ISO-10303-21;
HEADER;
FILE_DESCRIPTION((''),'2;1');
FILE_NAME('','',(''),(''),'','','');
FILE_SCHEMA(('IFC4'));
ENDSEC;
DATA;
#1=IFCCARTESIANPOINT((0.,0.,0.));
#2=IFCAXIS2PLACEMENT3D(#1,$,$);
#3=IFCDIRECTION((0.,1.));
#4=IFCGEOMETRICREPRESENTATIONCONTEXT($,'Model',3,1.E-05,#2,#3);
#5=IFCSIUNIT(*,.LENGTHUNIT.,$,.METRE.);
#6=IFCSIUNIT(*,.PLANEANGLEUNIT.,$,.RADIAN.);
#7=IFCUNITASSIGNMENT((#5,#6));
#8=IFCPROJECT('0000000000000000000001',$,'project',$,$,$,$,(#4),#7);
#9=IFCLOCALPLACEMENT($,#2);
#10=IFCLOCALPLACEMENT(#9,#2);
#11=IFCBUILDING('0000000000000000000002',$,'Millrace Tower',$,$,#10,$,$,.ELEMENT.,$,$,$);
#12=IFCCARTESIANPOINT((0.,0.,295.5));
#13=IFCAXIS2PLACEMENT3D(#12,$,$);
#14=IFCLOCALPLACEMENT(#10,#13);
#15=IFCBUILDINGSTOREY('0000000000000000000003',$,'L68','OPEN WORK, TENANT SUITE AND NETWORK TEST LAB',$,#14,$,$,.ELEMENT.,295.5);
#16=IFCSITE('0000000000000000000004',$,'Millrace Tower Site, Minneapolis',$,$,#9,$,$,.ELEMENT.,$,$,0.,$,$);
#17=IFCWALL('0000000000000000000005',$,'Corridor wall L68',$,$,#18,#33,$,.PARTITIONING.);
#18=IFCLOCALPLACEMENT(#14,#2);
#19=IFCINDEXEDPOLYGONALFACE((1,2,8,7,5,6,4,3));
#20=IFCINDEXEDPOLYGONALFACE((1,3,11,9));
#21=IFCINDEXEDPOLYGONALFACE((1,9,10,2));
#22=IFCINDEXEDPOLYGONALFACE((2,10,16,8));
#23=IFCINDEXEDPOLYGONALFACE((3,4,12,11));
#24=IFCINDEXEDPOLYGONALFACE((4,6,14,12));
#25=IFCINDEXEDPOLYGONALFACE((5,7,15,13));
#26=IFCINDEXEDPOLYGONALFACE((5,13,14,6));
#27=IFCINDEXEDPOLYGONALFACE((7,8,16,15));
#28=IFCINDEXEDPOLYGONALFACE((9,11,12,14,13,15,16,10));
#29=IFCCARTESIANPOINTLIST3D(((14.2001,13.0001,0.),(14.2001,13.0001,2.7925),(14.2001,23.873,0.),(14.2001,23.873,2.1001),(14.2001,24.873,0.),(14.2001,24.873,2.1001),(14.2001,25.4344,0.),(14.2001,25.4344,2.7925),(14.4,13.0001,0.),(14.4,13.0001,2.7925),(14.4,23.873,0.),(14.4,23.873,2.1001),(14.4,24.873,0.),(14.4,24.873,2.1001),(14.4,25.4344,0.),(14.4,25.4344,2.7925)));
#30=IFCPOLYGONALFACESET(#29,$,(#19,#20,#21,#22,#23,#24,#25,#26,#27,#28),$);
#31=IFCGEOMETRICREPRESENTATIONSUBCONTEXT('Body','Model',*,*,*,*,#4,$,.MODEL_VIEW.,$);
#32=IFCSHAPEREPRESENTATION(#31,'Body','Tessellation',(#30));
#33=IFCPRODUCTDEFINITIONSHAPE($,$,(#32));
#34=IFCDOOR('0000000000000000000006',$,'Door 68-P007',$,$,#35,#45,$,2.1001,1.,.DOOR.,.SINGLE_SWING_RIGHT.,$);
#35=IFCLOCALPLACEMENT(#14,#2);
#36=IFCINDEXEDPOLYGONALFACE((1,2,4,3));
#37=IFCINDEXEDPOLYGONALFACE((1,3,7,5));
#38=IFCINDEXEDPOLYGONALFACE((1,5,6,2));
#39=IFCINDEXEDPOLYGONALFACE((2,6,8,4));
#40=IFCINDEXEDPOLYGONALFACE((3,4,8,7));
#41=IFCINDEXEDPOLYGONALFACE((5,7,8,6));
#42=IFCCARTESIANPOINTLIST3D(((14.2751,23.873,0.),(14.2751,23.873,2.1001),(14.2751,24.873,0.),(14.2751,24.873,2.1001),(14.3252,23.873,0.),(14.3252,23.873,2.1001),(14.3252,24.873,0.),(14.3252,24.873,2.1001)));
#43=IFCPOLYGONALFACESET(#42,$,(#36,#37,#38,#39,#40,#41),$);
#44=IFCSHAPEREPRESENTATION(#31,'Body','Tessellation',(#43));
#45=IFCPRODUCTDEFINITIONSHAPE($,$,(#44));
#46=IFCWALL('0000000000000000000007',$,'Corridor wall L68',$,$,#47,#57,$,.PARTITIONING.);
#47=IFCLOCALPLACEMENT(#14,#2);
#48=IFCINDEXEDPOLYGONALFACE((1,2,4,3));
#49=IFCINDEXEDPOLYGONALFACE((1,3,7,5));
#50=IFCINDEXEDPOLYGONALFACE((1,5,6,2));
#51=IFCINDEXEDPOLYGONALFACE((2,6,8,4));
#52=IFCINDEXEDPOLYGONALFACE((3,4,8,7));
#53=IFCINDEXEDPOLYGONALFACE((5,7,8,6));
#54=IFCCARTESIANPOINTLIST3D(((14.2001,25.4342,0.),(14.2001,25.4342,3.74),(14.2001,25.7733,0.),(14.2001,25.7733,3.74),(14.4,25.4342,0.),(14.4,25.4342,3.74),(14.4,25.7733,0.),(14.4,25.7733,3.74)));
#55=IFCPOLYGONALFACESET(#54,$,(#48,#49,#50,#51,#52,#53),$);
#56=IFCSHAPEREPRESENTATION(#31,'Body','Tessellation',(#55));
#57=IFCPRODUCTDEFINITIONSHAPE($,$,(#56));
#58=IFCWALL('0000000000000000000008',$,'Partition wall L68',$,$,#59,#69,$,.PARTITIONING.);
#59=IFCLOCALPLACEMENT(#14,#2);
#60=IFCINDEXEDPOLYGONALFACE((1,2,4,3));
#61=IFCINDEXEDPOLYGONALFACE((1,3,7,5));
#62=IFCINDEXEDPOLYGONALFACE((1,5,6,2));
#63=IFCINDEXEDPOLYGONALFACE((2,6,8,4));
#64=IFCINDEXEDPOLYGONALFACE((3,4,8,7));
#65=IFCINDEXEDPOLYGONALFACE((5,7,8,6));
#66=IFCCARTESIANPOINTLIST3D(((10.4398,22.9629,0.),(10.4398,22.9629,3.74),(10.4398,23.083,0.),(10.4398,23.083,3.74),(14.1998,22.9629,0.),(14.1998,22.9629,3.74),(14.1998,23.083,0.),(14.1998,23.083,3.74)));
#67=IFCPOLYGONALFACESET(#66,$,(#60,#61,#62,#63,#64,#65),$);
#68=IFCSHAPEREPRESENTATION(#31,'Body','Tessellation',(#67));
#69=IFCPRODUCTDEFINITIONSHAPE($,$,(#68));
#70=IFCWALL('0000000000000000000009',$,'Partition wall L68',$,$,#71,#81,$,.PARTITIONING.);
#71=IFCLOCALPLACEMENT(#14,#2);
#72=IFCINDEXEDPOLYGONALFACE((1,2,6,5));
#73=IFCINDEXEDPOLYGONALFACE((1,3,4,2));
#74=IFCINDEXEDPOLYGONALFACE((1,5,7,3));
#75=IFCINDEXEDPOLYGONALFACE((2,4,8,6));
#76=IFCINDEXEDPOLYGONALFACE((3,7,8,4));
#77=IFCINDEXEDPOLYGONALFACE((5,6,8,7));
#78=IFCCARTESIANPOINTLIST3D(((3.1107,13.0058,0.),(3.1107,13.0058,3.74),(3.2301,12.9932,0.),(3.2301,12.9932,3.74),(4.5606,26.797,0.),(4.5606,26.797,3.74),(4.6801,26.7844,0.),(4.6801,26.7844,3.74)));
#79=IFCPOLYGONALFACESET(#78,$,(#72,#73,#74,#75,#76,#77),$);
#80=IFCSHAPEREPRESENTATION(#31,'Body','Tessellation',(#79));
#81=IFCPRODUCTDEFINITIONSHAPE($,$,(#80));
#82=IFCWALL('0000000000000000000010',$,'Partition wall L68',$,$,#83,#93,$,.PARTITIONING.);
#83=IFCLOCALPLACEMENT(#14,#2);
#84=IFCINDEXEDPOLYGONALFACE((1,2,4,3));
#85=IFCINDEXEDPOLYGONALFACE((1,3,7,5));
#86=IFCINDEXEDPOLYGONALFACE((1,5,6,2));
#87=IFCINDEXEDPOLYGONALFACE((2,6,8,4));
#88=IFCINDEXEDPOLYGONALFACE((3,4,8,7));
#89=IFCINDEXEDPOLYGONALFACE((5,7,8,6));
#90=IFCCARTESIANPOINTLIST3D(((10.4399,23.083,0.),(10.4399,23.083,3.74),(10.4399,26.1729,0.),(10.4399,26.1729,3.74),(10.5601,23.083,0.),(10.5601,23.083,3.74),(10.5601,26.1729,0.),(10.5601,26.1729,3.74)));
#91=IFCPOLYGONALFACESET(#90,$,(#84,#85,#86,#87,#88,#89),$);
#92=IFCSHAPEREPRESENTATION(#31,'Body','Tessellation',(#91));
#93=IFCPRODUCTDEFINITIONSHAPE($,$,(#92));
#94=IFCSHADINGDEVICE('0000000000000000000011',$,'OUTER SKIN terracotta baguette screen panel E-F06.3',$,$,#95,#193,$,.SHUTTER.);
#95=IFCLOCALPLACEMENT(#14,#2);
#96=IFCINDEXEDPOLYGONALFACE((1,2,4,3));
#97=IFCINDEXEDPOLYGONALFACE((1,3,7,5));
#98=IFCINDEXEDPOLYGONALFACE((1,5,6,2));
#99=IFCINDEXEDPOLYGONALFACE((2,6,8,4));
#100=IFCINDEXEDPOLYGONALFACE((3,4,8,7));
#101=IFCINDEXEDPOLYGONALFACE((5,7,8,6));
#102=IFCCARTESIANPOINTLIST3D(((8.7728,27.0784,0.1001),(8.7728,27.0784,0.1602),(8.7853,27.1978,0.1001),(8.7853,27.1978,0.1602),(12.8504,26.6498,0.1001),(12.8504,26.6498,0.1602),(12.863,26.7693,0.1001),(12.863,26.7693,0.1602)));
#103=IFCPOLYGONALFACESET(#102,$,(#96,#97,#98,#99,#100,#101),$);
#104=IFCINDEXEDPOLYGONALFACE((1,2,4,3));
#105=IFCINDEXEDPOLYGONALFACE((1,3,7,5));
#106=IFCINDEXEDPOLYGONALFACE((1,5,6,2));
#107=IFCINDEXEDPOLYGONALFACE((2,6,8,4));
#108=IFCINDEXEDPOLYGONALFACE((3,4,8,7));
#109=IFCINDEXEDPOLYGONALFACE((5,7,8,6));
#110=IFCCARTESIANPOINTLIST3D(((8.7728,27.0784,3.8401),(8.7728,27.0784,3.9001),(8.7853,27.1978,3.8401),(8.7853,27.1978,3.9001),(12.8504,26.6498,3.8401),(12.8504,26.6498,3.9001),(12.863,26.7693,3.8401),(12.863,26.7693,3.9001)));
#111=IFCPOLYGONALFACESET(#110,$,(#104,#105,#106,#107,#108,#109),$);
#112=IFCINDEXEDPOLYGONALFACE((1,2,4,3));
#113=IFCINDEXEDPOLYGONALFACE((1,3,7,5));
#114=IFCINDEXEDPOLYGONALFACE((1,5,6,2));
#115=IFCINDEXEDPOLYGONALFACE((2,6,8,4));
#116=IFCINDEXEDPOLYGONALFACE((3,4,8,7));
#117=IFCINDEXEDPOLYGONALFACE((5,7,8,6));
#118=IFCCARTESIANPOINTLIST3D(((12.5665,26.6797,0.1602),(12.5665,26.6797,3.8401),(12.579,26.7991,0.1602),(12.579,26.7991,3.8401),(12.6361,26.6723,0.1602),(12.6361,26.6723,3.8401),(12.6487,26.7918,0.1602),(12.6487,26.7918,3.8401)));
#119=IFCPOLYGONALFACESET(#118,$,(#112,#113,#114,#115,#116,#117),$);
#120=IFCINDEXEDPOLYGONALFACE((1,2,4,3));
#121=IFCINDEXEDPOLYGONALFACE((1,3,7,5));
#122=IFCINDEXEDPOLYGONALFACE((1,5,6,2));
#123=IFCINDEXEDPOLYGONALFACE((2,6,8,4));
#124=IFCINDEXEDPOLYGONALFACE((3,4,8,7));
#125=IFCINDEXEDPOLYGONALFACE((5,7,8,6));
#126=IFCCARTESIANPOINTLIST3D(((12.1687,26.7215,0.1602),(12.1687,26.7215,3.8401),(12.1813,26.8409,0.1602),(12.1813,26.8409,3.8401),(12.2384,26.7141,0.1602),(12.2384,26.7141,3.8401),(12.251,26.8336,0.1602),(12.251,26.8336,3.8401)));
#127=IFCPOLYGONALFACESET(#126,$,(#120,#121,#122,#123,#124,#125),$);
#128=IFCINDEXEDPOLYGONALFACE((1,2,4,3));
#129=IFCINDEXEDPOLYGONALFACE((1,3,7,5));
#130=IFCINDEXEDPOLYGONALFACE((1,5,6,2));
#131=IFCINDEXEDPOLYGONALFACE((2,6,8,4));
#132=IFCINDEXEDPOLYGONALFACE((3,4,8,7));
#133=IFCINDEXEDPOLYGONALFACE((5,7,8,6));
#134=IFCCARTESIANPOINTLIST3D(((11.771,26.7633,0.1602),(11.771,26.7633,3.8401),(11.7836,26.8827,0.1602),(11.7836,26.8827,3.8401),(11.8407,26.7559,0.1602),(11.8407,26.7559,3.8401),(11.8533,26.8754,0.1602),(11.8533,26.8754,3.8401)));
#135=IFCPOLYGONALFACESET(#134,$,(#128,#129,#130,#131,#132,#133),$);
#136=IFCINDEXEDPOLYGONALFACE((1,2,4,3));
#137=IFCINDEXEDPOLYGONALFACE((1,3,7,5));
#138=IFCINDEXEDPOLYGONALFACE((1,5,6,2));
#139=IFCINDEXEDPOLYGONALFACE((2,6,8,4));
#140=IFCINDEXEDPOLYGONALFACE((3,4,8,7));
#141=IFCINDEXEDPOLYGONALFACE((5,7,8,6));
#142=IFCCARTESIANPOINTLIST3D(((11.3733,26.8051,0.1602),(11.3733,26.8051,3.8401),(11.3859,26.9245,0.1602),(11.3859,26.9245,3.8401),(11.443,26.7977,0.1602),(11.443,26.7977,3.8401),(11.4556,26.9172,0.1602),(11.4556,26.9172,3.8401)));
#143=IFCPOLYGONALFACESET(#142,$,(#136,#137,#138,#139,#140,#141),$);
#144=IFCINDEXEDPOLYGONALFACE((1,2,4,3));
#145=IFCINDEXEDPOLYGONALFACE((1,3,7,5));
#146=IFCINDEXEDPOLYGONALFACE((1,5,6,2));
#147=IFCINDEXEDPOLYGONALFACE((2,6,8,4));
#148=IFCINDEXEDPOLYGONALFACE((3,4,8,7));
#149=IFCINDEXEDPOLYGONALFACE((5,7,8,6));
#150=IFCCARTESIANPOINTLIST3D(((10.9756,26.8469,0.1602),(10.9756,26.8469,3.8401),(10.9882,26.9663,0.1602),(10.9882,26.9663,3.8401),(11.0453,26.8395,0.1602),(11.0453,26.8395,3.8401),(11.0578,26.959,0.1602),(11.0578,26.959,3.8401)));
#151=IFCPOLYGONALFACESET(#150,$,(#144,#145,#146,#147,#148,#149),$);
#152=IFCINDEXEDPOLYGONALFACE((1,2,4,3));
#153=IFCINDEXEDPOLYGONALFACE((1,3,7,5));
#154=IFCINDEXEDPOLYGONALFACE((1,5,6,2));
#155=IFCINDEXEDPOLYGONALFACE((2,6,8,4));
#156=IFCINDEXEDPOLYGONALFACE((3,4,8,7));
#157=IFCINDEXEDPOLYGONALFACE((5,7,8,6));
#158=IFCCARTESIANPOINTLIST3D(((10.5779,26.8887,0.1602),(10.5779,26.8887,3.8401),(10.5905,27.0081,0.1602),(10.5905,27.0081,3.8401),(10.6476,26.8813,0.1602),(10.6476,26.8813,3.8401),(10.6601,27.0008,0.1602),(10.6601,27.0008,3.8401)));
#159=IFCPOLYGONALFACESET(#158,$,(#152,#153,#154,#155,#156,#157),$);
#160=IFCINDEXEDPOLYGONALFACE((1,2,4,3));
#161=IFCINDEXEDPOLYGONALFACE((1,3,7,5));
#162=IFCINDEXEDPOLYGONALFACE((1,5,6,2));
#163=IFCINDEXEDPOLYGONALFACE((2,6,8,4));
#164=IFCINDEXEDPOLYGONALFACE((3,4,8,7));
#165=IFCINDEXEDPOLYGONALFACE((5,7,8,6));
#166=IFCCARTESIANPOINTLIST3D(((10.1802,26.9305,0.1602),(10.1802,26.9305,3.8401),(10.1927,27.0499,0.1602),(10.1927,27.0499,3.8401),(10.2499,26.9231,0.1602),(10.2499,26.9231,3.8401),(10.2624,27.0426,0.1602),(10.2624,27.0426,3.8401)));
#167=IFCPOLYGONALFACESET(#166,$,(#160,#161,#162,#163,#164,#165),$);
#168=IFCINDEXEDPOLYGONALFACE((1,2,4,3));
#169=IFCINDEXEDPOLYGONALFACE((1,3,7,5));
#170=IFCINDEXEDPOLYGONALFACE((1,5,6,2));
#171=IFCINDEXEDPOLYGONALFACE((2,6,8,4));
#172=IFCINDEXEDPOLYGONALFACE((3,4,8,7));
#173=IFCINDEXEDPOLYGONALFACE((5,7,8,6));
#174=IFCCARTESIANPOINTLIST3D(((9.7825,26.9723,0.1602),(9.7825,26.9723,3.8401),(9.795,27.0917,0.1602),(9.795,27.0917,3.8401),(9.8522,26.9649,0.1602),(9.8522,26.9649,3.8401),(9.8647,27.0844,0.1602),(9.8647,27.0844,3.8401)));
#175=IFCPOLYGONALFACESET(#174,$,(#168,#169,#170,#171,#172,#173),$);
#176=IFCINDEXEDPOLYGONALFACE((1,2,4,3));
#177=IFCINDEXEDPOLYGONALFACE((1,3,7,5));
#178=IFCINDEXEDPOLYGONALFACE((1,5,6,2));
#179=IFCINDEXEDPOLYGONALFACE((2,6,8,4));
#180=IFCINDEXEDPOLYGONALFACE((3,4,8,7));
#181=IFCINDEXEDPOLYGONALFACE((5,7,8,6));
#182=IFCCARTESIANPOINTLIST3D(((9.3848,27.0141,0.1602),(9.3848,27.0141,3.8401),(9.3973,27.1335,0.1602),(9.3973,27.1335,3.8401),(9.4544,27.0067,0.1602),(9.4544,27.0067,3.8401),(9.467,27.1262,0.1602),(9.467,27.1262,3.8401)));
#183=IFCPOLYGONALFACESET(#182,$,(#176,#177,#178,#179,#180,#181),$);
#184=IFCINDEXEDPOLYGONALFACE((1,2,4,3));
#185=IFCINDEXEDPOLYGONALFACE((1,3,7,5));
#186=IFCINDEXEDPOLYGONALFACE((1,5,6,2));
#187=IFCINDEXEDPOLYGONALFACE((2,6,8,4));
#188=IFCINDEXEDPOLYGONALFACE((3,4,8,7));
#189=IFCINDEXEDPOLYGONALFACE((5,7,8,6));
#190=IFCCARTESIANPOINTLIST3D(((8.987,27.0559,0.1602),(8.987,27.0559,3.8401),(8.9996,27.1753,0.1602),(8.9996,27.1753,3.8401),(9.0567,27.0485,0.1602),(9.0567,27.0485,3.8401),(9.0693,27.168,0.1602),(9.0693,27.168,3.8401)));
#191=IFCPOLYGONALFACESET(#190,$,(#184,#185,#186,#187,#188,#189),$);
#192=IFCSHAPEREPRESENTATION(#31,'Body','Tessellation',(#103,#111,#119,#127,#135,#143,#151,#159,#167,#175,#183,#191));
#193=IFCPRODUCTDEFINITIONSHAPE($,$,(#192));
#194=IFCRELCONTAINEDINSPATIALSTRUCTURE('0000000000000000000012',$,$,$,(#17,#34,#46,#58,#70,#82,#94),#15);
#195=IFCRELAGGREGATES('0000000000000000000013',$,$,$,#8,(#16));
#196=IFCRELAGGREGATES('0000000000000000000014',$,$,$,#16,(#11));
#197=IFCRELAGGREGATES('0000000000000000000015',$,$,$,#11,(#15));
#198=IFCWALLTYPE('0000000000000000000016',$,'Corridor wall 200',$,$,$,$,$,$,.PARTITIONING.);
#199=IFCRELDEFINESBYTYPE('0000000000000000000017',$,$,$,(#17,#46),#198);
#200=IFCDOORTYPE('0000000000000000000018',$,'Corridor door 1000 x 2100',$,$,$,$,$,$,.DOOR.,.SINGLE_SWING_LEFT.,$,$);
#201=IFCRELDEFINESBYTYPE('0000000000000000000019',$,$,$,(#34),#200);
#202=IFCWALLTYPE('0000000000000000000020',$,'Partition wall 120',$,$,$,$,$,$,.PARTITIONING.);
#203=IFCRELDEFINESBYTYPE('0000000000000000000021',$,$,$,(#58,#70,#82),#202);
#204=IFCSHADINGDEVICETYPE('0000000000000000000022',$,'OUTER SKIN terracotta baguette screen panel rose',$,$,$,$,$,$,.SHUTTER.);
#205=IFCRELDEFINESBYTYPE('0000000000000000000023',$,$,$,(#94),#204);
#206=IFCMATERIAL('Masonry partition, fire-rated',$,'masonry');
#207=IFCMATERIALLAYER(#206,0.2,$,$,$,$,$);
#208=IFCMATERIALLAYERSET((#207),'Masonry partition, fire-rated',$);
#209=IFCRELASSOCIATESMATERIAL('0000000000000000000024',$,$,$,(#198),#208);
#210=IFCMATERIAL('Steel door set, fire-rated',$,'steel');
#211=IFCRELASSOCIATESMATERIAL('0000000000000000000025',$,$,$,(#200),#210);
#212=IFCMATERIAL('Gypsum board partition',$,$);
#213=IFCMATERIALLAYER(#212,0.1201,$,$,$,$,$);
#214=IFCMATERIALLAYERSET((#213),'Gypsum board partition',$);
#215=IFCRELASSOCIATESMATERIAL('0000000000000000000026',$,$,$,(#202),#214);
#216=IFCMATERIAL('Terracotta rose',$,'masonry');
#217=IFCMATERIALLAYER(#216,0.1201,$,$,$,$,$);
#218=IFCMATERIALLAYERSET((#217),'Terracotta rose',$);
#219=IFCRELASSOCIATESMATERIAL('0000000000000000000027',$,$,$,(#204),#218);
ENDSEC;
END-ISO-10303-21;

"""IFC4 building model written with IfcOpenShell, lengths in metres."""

from ifc_helpers import new_model, entity, si_unit, direction, frame, frame_2d, origin, place, context, subcontext, project, spatial, rectangle, extrude, source, transform, mapped, material, layer, layer_set, type_object, element, fill, save


model = new_model("IFC4")

# Units and contexts
model_context = context("Model", 3, precision=1e-05, world=origin(), true_north=direction((0.0, 1.0)))
body_context = subcontext(model_context, "Body", "Model", "MODEL_VIEW")
ifc_project = project(units=[si_unit("LENGTHUNIT", "METRE"), si_unit("PLANEANGLEUNIT", "RADIAN")], contexts=[model_context])

# Site, building, storey
site_placement = place(None, origin())
site = spatial("IfcSite", under=ifc_project, at=site_placement, Name="Millrace Tower Site, Minneapolis", CompositionType="ELEMENT", RefElevation=0.0)
building_placement = place(site_placement, origin())
building = spatial("IfcBuilding", under=site, at=building_placement, Name="Millrace Tower", CompositionType="ELEMENT")
storey_placement = place(building_placement, frame((0.0, 0.0, 295.5)))
storey = spatial("IfcBuildingStorey", under=building, at=storey_placement, Name="L68", Description="OPEN WORK, TENANT SUITE AND NETWORK TEST LAB", CompositionType="ELEMENT", Elevation=295.5)

# Wall, opening, door
ifc_material_1 = material(Name="Masonry partition, fire-rated", Category="masonry")
ifc_layer_1 = layer(ifc_material_1, 0.2)
ifc_layer_set_1 = layer_set([ifc_layer_1], Name="Masonry partition, fire-rated")
wall_type_1 = type_object("IfcWallType", Name="Corridor wall 200", PredefinedType="PARTITIONING", material=ifc_layer_set_1)
wall_1_placement = place(storey_placement, frame((14.3, 13.0, 0.0), z_axis=(0.0, 0.0, 1.0), x_axis=(0.0, 1.0, 0.0)))
wall_1 = element("IfcWall", 1, at=wall_1_placement, inside=storey, type_object=wall_type_1, Name="Corridor wall L68", PredefinedType="PARTITIONING", context=body_context, shape_type="SweptSolid", body=[
    extrude(rectangle(XDim=12.4343, YDim=0.2, at=frame_2d((6.2173, 0.0))), origin(), (0.0, 0.0, 1.0), 2.7925),
])
opening_1_placement = place(wall_1_placement, frame((10.873, 0.0, 0.0)))
opening_1 = element("IfcOpeningElement", 2, at=opening_1_placement, cuts=wall_1, PredefinedType="OPENING", context=body_context, shape_type="SweptSolid", body=[
    extrude(rectangle(XDim=1.0, YDim=2.1001, at=frame_2d((0.5, 1.05))), frame((0.0, 0.1099, 0.0), z_axis=(0.0, -1.0, 0.0), x_axis=(1.0, 0.0, 0.0)), (0.0, 0.0, 1.0), 0.22),
])
ifc_material_2 = material(Name="Steel door set, fire-rated", Category="steel")
door_type_1 = type_object("IfcDoorType", Name="Corridor door 1000 x 2100", OperationType="SINGLE_SWING_LEFT", PredefinedType="DOOR", material=ifc_material_2)
door_1_placement = place(opening_1_placement, origin())
door_1 = element("IfcDoor", 3, at=door_1_placement, inside=storey, type_object=door_type_1, Name="Door 68-P007", OperationType="SINGLE_SWING_RIGHT", OverallHeight=2.1001, OverallWidth=1.0, PredefinedType="DOOR", context=body_context, shape_type="SweptSolid", body=[
    extrude(rectangle(XDim=1.0, YDim=2.1001, at=frame_2d((0.5, 1.05))), frame((0.0, 0.0249, 0.0), z_axis=(0.0, -1.0, 0.0), x_axis=(1.0, 0.0, 0.0)), (0.0, 0.0, 1.0), 0.05),
])
fill(opening_1, door_1)

# Walls
wall_2_placement = place(storey_placement, frame((14.3, 25.4343, 0.0), z_axis=(0.0, 0.0, 1.0), x_axis=(0.0, 1.0, 0.0)))
element("IfcWall", 4, at=wall_2_placement, inside=storey, type_object=wall_type_1, Name="Corridor wall L68", PredefinedType="PARTITIONING", context=body_context, shape_type="SweptSolid", body=[
    extrude(rectangle(XDim=0.3391, YDim=0.2, at=frame_2d((0.1694, 0.0))), origin(), (0.0, 0.0, 1.0), 3.74),
])
ifc_material_3 = material(Name="Gypsum board partition")
ifc_layer_2 = layer(ifc_material_3, 0.1201)
ifc_layer_set_2 = layer_set([ifc_layer_2], Name="Gypsum board partition")
wall_type_2 = type_object("IfcWallType", Name="Partition wall 120", PredefinedType="PARTITIONING", material=ifc_layer_set_2)
wall_3_placement = place(storey_placement, frame((10.4399, 23.0229, 0.0), z_axis=(0.0, 0.0, 1.0), x_axis=(1.0, 0.0, 0.0)))
element("IfcWall", 5, at=wall_3_placement, inside=storey, type_object=wall_type_2, Name="Partition wall L68", PredefinedType="PARTITIONING", context=body_context, shape_type="SweptSolid", body=[
    extrude(rectangle(XDim=3.76, YDim=0.1201, at=frame_2d((1.8799, 0.0))), origin(), (0.0, 0.0, 1.0), 3.74),
])
wall_4_placement = place(storey_placement, frame((3.1704, 12.9995, 0.0), z_axis=(0.0, 0.0, 1.0), x_axis=(0.104559, 0.994519, 0.0)))
element("IfcWall", 6, at=wall_4_placement, inside=storey, type_object=wall_type_2, Name="Partition wall L68", PredefinedType="PARTITIONING", context=body_context, shape_type="SweptSolid", body=[
    extrude(rectangle(XDim=13.8672, YDim=0.1201, at=frame_2d((6.9336, 0.0))), origin(), (0.0, 0.0, 1.0), 3.74),
])
wall_5_placement = place(storey_placement, frame((10.5, 23.083, 0.0), z_axis=(0.0, 0.0, 1.0), x_axis=(0.0, 1.0, 0.0)))
element("IfcWall", 7, at=wall_5_placement, inside=storey, type_object=wall_type_2, Name="Partition wall L68", PredefinedType="PARTITIONING", context=body_context, shape_type="SweptSolid", body=[
    extrude(rectangle(XDim=3.0898, YDim=0.1201, at=frame_2d((1.5449, 0.0))), origin(), (0.0, 0.0, 1.0), 3.74),
])

# Shading device
ifc_material_4 = material(Name="Terracotta rose", Category="masonry")
ifc_layer_3 = layer(ifc_material_4, 0.1201)
ifc_layer_set_3 = layer_set([ifc_layer_3], Name="Terracotta rose")
shading_device_type = type_object("IfcShadingDeviceType", Name="OUTER SKIN terracotta baguette screen panel rose", PredefinedType="SHUTTER", material=ifc_layer_set_3)
cartesian_point = entity("IfcCartesianPoint", [-2.05, 0.0601])
shared_polyline = entity("IfcPolyline", [cartesian_point, entity("IfcCartesianPoint", [2.05, 0.0601]), entity("IfcCartesianPoint", [2.05, -0.0601]), entity("IfcCartesianPoint", [-2.05, -0.0601]), cartesian_point])
shared_shape = source(origin(), body_context, "Body", "SweptSolid", [
    entity("IfcExtrudedAreaSolid", entity("IfcArbitraryClosedProfileDef", "AREA", None, shared_polyline), entity("IfcAxis2Placement3D", entity("IfcCartesianPoint", [0.0, 0.0, 0.0])), entity("IfcDirection", [0.0, 0.0, 1.0]), 0.0601),
    entity("IfcExtrudedAreaSolid", entity("IfcArbitraryClosedProfileDef", "AREA", None, shared_polyline), entity("IfcAxis2Placement3D", entity("IfcCartesianPoint", [0.0, 0.0, 3.74])), entity("IfcDirection", [0.0, 0.0, 1.0]), 0.0601),
    extrude(rectangle(XDim=0.0701, YDim=0.1201, at=frame_2d((-1.7996, 0.0))), frame((0.0, 0.0, 0.0601)), (0.0, 0.0, 1.0), 3.6799),
    extrude(rectangle(XDim=0.0701, YDim=0.1201, at=frame_2d((-1.3997, 0.0))), frame((0.0, 0.0, 0.0601)), (0.0, 0.0, 1.0), 3.6799),
    extrude(rectangle(XDim=0.0701, YDim=0.1201, at=frame_2d((-0.9998, 0.0))), frame((0.0, 0.0, 0.0601)), (0.0, 0.0, 1.0), 3.6799),
    extrude(rectangle(XDim=0.0701, YDim=0.1201, at=frame_2d((-0.5999, 0.0))), frame((0.0, 0.0, 0.0601)), (0.0, 0.0, 1.0), 3.6799),
    extrude(rectangle(XDim=0.0701, YDim=0.1201, at=frame_2d((-0.2, 0.0))), frame((0.0, 0.0, 0.0601)), (0.0, 0.0, 1.0), 3.6799),
    extrude(rectangle(XDim=0.0701, YDim=0.1201, at=frame_2d((0.2, 0.0))), frame((0.0, 0.0, 0.0601)), (0.0, 0.0, 1.0), 3.6799),
    extrude(rectangle(XDim=0.0701, YDim=0.1201, at=frame_2d((0.5999, 0.0))), frame((0.0, 0.0, 0.0601)), (0.0, 0.0, 1.0), 3.6799),
    extrude(rectangle(XDim=0.0701, YDim=0.1201, at=frame_2d((0.9998, 0.0))), frame((0.0, 0.0, 0.0601)), (0.0, 0.0, 1.0), 3.6799),
    extrude(rectangle(XDim=0.0701, YDim=0.1201, at=frame_2d((1.3997, 0.0))), frame((0.0, 0.0, 0.0601)), (0.0, 0.0, 1.0), 3.6799),
    extrude(rectangle(XDim=0.0701, YDim=0.1201, at=frame_2d((1.7996, 0.0))), frame((0.0, 0.0, 0.0601)), (0.0, 0.0, 1.0), 3.6799),
])
for number, where, z_axis, x_axis, name in (
    (8, (10.8179, 26.9238, 0.1001), (0.0, 0.0, 1.0), (-0.994522, 0.104528, 0.0), "OUTER SKIN terracotta baguette screen panel E-F06.3"),
):
    element("IfcShadingDevice", number, at=place(storey_placement, frame(where, z_axis=z_axis, x_axis=x_axis)), inside=storey, type_object=shading_device_type, Name=name, PredefinedType="SHUTTER", context=body_context, shape_type="MappedRepresentation", body=[
        mapped(shared_shape, transform((0.0, 0.0, 0.0), scale=1.0)),
    ])

save(model, "model.ifc")
